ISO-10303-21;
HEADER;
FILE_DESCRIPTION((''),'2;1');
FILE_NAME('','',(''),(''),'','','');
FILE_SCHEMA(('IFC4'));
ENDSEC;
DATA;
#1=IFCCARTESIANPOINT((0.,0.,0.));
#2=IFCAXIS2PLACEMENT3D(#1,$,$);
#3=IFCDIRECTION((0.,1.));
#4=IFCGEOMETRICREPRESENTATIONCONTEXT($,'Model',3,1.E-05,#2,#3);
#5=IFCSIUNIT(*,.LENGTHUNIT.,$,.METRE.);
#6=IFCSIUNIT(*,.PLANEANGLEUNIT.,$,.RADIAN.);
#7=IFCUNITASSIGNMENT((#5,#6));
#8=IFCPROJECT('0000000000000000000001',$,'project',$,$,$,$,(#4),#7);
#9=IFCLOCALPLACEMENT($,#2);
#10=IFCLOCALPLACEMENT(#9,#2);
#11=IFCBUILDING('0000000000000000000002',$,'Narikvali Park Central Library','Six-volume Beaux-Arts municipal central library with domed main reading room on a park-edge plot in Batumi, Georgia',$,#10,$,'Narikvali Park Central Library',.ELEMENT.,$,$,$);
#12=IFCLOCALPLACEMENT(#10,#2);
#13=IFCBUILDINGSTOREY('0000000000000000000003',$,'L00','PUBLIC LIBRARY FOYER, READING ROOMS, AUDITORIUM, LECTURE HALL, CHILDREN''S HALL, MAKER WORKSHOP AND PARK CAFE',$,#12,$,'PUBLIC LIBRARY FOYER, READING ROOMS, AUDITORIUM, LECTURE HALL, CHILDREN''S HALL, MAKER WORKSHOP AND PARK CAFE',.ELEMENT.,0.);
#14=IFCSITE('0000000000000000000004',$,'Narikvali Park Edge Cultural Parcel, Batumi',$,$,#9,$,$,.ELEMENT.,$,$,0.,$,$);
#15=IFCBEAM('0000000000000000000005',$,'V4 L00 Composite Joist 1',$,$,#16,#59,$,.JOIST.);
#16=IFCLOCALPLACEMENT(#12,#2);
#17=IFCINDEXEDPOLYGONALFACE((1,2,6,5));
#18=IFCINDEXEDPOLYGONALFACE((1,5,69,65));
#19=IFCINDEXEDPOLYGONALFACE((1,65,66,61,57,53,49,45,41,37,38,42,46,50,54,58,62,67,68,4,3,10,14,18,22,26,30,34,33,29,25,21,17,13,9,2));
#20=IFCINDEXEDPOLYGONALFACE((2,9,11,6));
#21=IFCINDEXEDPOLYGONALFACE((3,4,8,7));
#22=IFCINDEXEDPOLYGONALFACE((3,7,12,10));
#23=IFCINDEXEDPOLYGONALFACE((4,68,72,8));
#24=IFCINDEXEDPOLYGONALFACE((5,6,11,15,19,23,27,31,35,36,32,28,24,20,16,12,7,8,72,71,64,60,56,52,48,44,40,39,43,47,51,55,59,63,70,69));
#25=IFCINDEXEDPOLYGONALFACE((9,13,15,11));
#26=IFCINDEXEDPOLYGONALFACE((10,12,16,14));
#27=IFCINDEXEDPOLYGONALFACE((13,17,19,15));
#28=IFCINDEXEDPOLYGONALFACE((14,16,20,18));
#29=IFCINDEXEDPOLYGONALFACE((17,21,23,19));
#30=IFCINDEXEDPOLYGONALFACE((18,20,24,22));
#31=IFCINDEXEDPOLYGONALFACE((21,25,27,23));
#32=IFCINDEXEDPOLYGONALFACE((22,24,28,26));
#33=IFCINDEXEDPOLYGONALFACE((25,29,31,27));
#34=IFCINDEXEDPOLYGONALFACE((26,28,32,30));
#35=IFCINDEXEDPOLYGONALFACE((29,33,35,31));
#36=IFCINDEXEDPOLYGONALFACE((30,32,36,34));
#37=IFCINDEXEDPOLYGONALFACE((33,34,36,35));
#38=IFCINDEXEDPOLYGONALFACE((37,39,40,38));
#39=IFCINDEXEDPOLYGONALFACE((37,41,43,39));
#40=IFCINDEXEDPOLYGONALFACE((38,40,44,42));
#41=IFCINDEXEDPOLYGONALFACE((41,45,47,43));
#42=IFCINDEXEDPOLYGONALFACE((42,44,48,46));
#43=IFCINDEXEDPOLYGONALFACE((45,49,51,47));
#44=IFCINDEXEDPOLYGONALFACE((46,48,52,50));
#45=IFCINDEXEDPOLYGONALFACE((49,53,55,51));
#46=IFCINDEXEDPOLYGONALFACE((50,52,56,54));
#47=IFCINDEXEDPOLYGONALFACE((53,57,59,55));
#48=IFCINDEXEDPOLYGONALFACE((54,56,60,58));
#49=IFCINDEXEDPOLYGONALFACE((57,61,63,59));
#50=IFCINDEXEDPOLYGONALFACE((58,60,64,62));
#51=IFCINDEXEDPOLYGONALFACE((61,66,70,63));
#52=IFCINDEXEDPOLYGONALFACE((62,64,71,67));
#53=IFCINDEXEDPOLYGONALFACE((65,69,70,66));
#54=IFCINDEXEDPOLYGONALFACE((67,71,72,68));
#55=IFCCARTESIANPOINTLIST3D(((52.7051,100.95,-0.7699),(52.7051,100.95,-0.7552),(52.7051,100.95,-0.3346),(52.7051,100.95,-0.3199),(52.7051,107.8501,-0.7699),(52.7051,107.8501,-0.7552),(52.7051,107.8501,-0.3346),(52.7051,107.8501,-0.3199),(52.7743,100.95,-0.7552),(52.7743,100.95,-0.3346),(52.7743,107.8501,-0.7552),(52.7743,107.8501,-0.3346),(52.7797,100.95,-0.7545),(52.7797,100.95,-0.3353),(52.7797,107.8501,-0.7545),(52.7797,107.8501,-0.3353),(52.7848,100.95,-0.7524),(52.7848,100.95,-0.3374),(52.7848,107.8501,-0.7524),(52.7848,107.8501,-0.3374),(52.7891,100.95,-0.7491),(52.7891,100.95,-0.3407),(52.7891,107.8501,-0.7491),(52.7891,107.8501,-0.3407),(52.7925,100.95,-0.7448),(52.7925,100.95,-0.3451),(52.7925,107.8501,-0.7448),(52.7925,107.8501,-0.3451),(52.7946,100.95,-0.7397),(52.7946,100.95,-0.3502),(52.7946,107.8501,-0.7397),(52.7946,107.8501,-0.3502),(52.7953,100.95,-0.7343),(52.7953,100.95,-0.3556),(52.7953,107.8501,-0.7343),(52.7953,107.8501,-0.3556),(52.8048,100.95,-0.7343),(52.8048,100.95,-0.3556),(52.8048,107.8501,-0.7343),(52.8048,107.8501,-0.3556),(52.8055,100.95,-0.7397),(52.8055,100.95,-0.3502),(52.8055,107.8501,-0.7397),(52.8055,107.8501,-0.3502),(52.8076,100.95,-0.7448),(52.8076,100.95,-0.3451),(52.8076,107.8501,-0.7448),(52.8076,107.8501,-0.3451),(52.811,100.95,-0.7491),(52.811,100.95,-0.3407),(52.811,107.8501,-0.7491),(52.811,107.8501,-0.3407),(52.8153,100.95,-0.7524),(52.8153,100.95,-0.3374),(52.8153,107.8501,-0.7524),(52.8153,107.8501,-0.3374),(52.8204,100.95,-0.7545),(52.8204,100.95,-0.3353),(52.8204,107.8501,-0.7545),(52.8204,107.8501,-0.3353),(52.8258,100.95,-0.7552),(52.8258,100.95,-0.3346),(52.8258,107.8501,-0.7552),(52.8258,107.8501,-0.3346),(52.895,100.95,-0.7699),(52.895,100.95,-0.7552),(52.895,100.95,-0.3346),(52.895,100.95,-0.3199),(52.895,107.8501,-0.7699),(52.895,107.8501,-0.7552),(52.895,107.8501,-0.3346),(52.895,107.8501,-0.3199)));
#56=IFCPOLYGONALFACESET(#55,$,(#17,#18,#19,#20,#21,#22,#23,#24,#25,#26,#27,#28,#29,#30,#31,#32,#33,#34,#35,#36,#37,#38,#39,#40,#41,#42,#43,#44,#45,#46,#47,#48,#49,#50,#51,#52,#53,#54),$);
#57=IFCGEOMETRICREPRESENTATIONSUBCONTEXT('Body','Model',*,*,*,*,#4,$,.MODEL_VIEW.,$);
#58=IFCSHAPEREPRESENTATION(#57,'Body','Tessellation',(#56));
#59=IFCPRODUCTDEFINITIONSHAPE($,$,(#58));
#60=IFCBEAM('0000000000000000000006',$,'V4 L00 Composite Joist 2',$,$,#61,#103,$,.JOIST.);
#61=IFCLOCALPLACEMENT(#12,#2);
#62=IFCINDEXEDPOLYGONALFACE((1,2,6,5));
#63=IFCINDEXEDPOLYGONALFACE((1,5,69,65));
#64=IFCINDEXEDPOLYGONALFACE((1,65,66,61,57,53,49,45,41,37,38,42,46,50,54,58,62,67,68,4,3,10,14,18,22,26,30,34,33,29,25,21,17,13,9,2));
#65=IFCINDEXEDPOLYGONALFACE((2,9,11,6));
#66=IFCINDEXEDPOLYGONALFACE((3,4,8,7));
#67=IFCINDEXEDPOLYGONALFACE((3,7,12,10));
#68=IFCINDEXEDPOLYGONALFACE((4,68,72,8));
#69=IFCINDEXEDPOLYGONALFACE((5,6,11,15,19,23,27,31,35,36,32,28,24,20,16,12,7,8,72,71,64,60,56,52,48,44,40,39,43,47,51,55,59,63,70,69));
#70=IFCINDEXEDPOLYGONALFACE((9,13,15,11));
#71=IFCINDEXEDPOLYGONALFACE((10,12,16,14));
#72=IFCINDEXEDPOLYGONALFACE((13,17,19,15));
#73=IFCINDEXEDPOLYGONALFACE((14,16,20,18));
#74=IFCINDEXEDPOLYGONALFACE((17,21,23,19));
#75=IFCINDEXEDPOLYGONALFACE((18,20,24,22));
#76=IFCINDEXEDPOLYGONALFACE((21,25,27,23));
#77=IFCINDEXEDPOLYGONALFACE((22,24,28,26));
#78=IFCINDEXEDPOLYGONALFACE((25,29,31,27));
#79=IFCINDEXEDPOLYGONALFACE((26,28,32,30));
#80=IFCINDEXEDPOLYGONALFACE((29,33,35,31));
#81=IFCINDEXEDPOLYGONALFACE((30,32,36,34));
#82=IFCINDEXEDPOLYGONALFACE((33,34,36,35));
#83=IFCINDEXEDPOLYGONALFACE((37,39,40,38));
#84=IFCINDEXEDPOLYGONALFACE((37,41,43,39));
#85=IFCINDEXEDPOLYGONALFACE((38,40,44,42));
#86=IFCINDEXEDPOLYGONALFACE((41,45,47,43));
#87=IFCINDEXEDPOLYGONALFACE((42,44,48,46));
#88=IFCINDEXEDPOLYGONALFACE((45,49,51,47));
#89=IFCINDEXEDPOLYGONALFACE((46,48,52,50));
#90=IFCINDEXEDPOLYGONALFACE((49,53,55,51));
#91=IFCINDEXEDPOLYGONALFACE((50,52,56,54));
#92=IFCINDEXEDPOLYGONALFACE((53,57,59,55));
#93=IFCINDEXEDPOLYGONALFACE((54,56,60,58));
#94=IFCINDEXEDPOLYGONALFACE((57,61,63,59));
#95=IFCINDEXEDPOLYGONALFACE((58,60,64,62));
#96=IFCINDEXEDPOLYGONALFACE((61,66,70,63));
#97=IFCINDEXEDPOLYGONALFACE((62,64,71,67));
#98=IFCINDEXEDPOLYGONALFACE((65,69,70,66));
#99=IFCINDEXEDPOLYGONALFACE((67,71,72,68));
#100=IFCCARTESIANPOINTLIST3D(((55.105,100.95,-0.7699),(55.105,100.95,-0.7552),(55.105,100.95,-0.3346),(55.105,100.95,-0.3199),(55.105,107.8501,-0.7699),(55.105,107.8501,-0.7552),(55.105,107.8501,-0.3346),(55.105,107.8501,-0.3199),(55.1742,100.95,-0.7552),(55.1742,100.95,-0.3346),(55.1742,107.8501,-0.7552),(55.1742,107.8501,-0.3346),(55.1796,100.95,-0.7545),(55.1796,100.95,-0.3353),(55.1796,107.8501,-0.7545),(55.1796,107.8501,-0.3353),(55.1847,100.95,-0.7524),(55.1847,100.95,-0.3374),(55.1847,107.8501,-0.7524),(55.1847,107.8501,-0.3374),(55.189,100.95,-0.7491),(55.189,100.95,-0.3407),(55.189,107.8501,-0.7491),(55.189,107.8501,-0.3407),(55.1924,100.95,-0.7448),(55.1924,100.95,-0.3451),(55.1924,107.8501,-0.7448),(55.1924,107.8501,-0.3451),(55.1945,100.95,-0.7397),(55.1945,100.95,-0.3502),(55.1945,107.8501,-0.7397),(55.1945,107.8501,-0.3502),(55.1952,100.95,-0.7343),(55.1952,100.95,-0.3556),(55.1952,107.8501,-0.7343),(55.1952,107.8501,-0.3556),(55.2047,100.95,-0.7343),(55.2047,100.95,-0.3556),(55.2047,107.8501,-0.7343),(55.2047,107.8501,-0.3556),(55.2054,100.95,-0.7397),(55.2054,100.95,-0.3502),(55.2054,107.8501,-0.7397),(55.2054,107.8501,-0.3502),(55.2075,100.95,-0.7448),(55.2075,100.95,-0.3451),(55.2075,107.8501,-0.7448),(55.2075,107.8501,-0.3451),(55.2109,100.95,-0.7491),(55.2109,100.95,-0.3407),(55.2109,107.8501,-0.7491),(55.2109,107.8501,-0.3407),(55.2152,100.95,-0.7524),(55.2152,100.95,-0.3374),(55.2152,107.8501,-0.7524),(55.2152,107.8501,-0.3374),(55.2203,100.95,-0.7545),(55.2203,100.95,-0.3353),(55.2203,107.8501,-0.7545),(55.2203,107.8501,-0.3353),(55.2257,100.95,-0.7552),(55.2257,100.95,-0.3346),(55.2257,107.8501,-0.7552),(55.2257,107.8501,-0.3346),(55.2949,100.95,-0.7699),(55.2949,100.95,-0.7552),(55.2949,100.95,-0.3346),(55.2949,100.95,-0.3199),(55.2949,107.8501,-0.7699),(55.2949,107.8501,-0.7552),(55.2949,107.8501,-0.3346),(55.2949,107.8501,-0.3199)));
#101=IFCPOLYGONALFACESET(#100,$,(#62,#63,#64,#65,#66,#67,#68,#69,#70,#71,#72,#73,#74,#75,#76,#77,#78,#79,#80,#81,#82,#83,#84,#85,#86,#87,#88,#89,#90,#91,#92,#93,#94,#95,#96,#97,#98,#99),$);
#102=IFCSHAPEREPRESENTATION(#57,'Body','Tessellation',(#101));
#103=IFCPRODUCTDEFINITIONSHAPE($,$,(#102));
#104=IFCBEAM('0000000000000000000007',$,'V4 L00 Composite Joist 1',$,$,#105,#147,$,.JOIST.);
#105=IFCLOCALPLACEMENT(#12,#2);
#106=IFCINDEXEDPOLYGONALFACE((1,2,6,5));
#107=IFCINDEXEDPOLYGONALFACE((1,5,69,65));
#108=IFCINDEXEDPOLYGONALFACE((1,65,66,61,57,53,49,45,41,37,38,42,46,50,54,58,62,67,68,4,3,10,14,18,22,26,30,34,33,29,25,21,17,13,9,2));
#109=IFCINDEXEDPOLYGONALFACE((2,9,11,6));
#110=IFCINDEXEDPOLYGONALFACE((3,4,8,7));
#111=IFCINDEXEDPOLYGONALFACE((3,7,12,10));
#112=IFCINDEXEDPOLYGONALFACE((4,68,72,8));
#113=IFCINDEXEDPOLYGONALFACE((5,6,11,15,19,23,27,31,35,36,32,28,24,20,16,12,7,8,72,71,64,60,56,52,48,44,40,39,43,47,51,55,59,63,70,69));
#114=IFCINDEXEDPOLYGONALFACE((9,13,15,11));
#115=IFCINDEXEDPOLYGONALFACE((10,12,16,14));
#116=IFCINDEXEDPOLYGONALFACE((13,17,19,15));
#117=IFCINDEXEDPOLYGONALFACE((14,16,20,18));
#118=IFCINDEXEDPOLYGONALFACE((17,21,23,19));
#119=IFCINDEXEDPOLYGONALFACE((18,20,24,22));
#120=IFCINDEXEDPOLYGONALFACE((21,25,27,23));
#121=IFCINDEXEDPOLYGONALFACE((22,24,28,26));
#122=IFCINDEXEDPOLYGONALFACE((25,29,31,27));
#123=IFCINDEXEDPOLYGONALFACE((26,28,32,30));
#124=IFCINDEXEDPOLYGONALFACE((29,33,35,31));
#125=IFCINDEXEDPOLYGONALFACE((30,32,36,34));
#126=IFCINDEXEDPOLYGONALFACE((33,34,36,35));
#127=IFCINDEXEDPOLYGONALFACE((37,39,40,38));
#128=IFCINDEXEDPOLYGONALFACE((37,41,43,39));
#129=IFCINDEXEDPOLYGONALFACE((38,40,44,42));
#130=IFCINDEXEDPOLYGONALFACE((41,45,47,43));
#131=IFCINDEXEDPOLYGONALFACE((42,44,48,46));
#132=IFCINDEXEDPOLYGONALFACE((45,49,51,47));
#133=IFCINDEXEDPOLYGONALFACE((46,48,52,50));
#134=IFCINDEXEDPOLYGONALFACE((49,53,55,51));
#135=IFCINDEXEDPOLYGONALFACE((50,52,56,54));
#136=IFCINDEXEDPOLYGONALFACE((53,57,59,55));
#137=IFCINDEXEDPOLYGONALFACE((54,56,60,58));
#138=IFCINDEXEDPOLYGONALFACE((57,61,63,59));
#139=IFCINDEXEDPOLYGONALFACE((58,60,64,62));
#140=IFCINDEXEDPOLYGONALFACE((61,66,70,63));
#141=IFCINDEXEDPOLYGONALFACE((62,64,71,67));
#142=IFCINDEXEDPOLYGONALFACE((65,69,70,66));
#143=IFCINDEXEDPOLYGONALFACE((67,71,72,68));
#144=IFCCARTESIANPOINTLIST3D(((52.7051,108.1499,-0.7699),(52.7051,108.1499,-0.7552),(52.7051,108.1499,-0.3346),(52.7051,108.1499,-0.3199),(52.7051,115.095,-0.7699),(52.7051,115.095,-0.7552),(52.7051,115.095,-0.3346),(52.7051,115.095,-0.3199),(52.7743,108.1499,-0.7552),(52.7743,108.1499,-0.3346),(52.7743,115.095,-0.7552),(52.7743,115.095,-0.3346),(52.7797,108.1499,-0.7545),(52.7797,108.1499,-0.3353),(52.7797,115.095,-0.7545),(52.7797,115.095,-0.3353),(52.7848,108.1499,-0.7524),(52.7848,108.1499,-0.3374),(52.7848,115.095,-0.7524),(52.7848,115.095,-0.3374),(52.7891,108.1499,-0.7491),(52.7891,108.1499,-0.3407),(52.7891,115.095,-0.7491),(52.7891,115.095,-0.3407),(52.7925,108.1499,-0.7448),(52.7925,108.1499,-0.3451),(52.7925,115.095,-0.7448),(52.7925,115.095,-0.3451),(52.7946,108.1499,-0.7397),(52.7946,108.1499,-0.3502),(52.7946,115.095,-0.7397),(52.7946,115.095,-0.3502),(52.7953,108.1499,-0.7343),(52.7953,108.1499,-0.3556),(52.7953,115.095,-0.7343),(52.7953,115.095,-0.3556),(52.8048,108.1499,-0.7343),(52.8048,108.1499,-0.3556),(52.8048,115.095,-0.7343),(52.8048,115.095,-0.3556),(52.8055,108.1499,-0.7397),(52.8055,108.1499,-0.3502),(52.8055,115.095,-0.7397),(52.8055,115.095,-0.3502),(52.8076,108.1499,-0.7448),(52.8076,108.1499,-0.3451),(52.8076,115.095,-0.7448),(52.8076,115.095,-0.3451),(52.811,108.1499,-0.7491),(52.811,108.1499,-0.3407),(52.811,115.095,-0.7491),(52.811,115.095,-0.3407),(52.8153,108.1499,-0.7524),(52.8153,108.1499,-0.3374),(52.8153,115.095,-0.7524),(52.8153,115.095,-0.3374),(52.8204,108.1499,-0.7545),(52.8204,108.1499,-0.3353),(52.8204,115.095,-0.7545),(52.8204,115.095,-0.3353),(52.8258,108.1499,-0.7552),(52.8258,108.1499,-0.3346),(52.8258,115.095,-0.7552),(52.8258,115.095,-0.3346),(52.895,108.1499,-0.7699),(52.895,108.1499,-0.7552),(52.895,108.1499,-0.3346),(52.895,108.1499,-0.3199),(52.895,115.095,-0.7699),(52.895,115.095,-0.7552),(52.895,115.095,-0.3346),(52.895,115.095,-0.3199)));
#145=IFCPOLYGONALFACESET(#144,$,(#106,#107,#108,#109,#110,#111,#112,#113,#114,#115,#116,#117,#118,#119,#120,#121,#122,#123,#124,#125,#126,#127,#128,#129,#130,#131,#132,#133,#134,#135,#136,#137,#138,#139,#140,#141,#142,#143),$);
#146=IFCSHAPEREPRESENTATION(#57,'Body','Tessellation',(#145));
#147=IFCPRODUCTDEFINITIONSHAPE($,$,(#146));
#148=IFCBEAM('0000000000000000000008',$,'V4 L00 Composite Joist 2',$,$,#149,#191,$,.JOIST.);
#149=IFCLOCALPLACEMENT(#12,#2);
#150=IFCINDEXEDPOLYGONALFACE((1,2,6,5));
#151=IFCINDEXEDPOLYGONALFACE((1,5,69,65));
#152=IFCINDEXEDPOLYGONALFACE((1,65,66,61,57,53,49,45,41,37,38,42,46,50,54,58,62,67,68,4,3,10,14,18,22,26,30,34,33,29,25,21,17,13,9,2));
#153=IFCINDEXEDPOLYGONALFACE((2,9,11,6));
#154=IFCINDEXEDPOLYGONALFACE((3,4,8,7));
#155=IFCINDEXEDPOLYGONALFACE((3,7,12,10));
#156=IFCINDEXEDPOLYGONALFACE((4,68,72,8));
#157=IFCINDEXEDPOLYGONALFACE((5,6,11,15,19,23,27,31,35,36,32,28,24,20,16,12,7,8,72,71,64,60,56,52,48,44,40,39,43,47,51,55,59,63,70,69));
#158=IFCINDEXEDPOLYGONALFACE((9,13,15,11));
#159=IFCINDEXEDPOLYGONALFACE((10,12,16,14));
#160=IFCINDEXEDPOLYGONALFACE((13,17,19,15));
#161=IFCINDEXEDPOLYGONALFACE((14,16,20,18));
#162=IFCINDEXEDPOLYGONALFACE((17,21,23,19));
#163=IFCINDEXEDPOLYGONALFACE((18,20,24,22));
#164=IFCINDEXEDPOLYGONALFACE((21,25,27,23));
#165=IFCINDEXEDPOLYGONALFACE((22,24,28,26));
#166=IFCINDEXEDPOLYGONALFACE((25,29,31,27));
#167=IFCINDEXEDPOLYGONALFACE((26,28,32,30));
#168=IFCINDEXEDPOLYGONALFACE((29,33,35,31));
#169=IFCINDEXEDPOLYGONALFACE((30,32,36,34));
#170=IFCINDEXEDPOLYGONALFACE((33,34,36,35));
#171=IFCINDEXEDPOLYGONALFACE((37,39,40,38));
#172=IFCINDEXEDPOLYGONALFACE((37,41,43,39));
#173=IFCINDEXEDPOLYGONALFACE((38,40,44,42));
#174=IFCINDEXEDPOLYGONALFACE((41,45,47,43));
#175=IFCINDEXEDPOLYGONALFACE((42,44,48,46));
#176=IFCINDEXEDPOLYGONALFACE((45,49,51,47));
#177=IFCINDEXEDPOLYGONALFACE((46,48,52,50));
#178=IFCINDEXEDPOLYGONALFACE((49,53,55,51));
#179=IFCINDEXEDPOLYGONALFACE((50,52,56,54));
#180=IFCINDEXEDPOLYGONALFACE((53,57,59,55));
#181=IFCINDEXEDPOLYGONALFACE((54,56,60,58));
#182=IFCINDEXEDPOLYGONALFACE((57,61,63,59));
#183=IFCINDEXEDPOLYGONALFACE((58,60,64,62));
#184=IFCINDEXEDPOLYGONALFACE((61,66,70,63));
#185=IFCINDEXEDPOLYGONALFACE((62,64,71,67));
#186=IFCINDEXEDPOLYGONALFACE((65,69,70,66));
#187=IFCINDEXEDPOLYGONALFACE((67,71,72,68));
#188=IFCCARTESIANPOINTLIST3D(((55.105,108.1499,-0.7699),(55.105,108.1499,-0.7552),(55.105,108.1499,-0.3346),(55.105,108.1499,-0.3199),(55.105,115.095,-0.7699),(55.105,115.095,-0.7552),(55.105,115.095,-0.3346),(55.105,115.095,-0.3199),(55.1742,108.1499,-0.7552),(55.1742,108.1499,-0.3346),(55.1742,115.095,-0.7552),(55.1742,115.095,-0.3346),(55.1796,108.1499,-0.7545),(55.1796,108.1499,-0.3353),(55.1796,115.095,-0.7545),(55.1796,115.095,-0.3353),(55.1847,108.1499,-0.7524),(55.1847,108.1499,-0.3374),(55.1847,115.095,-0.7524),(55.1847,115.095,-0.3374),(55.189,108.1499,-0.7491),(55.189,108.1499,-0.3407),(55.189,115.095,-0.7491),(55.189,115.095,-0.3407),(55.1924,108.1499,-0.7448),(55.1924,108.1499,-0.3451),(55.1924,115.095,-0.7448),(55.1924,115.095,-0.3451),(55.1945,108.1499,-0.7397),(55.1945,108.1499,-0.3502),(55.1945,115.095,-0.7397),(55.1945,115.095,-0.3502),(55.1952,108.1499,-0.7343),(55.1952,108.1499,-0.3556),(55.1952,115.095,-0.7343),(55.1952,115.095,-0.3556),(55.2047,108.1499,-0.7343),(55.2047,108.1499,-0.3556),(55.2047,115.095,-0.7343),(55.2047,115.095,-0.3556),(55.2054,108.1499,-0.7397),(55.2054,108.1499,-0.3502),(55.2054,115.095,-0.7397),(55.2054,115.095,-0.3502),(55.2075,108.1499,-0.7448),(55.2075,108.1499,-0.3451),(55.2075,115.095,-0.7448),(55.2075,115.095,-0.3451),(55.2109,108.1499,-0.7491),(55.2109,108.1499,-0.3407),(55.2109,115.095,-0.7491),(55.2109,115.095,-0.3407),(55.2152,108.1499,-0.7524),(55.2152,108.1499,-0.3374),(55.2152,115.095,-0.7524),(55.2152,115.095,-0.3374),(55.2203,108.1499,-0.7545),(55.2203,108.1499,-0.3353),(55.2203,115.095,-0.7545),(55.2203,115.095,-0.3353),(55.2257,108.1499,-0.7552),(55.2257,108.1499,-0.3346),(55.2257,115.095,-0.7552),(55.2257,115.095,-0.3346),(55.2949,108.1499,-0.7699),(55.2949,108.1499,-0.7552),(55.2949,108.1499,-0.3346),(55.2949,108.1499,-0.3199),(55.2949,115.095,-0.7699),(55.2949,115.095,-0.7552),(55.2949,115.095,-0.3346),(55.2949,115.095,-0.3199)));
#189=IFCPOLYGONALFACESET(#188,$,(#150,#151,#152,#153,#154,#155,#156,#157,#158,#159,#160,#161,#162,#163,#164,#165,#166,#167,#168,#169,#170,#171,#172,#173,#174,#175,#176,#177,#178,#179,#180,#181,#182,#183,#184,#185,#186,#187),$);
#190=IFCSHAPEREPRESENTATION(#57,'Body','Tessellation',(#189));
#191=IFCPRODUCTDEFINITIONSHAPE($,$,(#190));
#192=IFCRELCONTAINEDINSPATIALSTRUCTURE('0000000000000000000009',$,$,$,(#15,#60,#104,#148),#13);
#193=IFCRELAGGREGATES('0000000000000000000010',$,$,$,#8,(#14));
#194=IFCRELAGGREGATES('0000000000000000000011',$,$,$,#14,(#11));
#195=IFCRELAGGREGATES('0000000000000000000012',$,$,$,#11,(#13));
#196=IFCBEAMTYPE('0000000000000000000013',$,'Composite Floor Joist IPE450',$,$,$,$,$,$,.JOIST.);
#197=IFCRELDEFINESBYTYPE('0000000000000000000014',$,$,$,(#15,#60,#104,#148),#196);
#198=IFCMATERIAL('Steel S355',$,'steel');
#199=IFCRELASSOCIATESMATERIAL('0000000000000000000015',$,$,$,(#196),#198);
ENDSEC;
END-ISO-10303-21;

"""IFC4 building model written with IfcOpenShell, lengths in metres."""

from ifc_helpers import new_model, si_unit, direction, frame, origin, origin_2d, place, context, subcontext, project, spatial, i_section, extrude, material, material_profile, profile_set, type_object, element, save


model = new_model("IFC4")

# Units and contexts
model_context = context("Model", 3, precision=1e-05, world=origin(), true_north=direction((0.0, 1.0)))
body_context = subcontext(model_context, "Body", "Model", "MODEL_VIEW")
ifc_project = project(units=[si_unit("LENGTHUNIT", "METRE"), si_unit("PLANEANGLEUNIT", "RADIAN")], contexts=[model_context])

# Site, building, storey
site_placement = place(None, origin())
site = spatial("IfcSite", under=ifc_project, at=site_placement, Name="Narikvali Park Edge Cultural Parcel, Batumi", CompositionType="ELEMENT", RefElevation=0.0)
building_placement = place(site_placement, origin())
building = spatial("IfcBuilding", under=site, at=building_placement, Name="Narikvali Park Central Library", Description="Six-volume Beaux-Arts municipal central library with domed main reading room on a park-edge plot in Batumi, Georgia", LongName="Narikvali Park Central Library", CompositionType="ELEMENT")
storey_placement = place(building_placement, origin())
storey = spatial("IfcBuildingStorey", under=building, at=storey_placement, Name="L00", Description="PUBLIC LIBRARY FOYER, READING ROOMS, AUDITORIUM, LECTURE HALL, CHILDREN'S HALL, MAKER WORKSHOP AND PARK CAFE", LongName="PUBLIC LIBRARY FOYER, READING ROOMS, AUDITORIUM, LECTURE HALL, CHILDREN'S HALL, MAKER WORKSHOP AND PARK CAFE", CompositionType="ELEMENT", Elevation=0.0)

# Shared definitions
ifc_material_1 = material(Name="Steel S355", Category="steel")

# Beams
ifc_material_profile_1 = material_profile(ifc_material_1, i_section(OverallWidth=0.1899, OverallDepth=0.45, WebThickness=0.0095, FlangeThickness=0.0146, FilletRadius=0.021, at=origin_2d()), Name="IPE 450")
ifc_profile_set_1 = profile_set([ifc_material_profile_1], Name="Steel S355")
beam_type_1 = type_object("IfcBeamType", Name="Composite Floor Joist IPE450", PredefinedType="JOIST", material=ifc_profile_set_1)
for number, where, z_axis, x_axis, name in (
    (1, (52.8, 100.95, -0.5449), (0.0, 1.0, 0.0), (-1.0, 0.0, 0.0), "V4 L00 Composite Joist 1"),
    (2, (55.2, 100.95, -0.5449), (0.0, 1.0, 0.0), (-1.0, 0.0, 0.0), "V4 L00 Composite Joist 2"),
):
    element("IfcBeam", number, at=place(storey_placement, frame(where, z_axis=z_axis, x_axis=x_axis)), inside=storey, type_object=beam_type_1, Name=name, PredefinedType="JOIST", context=body_context, shape_type="SweptSolid", body=[
        extrude(i_section(OverallWidth=0.1899, OverallDepth=0.45, WebThickness=0.0095, FlangeThickness=0.0146, FilletRadius=0.021, at=origin_2d()), origin(), (0.0, 0.0, 1.0), 6.9001),
    ])
for number, where, z_axis, x_axis, name in (
    (3, (52.8, 108.1499, -0.5449), (0.0, 1.0, 0.0), (-1.0, 0.0, 0.0), "V4 L00 Composite Joist 1"),
    (4, (55.2, 108.1499, -0.5449), (0.0, 1.0, 0.0), (-1.0, 0.0, 0.0), "V4 L00 Composite Joist 2"),
):
    element("IfcBeam", number, at=place(storey_placement, frame(where, z_axis=z_axis, x_axis=x_axis)), inside=storey, type_object=beam_type_1, Name=name, PredefinedType="JOIST", context=body_context, shape_type="SweptSolid", body=[
        extrude(i_section(OverallWidth=0.1899, OverallDepth=0.45, WebThickness=0.0095, FlangeThickness=0.0146, FilletRadius=0.021, at=origin_2d()), origin(), (0.0, 0.0, 1.0), 6.9451),
    ])

save(model, "model.ifc")
